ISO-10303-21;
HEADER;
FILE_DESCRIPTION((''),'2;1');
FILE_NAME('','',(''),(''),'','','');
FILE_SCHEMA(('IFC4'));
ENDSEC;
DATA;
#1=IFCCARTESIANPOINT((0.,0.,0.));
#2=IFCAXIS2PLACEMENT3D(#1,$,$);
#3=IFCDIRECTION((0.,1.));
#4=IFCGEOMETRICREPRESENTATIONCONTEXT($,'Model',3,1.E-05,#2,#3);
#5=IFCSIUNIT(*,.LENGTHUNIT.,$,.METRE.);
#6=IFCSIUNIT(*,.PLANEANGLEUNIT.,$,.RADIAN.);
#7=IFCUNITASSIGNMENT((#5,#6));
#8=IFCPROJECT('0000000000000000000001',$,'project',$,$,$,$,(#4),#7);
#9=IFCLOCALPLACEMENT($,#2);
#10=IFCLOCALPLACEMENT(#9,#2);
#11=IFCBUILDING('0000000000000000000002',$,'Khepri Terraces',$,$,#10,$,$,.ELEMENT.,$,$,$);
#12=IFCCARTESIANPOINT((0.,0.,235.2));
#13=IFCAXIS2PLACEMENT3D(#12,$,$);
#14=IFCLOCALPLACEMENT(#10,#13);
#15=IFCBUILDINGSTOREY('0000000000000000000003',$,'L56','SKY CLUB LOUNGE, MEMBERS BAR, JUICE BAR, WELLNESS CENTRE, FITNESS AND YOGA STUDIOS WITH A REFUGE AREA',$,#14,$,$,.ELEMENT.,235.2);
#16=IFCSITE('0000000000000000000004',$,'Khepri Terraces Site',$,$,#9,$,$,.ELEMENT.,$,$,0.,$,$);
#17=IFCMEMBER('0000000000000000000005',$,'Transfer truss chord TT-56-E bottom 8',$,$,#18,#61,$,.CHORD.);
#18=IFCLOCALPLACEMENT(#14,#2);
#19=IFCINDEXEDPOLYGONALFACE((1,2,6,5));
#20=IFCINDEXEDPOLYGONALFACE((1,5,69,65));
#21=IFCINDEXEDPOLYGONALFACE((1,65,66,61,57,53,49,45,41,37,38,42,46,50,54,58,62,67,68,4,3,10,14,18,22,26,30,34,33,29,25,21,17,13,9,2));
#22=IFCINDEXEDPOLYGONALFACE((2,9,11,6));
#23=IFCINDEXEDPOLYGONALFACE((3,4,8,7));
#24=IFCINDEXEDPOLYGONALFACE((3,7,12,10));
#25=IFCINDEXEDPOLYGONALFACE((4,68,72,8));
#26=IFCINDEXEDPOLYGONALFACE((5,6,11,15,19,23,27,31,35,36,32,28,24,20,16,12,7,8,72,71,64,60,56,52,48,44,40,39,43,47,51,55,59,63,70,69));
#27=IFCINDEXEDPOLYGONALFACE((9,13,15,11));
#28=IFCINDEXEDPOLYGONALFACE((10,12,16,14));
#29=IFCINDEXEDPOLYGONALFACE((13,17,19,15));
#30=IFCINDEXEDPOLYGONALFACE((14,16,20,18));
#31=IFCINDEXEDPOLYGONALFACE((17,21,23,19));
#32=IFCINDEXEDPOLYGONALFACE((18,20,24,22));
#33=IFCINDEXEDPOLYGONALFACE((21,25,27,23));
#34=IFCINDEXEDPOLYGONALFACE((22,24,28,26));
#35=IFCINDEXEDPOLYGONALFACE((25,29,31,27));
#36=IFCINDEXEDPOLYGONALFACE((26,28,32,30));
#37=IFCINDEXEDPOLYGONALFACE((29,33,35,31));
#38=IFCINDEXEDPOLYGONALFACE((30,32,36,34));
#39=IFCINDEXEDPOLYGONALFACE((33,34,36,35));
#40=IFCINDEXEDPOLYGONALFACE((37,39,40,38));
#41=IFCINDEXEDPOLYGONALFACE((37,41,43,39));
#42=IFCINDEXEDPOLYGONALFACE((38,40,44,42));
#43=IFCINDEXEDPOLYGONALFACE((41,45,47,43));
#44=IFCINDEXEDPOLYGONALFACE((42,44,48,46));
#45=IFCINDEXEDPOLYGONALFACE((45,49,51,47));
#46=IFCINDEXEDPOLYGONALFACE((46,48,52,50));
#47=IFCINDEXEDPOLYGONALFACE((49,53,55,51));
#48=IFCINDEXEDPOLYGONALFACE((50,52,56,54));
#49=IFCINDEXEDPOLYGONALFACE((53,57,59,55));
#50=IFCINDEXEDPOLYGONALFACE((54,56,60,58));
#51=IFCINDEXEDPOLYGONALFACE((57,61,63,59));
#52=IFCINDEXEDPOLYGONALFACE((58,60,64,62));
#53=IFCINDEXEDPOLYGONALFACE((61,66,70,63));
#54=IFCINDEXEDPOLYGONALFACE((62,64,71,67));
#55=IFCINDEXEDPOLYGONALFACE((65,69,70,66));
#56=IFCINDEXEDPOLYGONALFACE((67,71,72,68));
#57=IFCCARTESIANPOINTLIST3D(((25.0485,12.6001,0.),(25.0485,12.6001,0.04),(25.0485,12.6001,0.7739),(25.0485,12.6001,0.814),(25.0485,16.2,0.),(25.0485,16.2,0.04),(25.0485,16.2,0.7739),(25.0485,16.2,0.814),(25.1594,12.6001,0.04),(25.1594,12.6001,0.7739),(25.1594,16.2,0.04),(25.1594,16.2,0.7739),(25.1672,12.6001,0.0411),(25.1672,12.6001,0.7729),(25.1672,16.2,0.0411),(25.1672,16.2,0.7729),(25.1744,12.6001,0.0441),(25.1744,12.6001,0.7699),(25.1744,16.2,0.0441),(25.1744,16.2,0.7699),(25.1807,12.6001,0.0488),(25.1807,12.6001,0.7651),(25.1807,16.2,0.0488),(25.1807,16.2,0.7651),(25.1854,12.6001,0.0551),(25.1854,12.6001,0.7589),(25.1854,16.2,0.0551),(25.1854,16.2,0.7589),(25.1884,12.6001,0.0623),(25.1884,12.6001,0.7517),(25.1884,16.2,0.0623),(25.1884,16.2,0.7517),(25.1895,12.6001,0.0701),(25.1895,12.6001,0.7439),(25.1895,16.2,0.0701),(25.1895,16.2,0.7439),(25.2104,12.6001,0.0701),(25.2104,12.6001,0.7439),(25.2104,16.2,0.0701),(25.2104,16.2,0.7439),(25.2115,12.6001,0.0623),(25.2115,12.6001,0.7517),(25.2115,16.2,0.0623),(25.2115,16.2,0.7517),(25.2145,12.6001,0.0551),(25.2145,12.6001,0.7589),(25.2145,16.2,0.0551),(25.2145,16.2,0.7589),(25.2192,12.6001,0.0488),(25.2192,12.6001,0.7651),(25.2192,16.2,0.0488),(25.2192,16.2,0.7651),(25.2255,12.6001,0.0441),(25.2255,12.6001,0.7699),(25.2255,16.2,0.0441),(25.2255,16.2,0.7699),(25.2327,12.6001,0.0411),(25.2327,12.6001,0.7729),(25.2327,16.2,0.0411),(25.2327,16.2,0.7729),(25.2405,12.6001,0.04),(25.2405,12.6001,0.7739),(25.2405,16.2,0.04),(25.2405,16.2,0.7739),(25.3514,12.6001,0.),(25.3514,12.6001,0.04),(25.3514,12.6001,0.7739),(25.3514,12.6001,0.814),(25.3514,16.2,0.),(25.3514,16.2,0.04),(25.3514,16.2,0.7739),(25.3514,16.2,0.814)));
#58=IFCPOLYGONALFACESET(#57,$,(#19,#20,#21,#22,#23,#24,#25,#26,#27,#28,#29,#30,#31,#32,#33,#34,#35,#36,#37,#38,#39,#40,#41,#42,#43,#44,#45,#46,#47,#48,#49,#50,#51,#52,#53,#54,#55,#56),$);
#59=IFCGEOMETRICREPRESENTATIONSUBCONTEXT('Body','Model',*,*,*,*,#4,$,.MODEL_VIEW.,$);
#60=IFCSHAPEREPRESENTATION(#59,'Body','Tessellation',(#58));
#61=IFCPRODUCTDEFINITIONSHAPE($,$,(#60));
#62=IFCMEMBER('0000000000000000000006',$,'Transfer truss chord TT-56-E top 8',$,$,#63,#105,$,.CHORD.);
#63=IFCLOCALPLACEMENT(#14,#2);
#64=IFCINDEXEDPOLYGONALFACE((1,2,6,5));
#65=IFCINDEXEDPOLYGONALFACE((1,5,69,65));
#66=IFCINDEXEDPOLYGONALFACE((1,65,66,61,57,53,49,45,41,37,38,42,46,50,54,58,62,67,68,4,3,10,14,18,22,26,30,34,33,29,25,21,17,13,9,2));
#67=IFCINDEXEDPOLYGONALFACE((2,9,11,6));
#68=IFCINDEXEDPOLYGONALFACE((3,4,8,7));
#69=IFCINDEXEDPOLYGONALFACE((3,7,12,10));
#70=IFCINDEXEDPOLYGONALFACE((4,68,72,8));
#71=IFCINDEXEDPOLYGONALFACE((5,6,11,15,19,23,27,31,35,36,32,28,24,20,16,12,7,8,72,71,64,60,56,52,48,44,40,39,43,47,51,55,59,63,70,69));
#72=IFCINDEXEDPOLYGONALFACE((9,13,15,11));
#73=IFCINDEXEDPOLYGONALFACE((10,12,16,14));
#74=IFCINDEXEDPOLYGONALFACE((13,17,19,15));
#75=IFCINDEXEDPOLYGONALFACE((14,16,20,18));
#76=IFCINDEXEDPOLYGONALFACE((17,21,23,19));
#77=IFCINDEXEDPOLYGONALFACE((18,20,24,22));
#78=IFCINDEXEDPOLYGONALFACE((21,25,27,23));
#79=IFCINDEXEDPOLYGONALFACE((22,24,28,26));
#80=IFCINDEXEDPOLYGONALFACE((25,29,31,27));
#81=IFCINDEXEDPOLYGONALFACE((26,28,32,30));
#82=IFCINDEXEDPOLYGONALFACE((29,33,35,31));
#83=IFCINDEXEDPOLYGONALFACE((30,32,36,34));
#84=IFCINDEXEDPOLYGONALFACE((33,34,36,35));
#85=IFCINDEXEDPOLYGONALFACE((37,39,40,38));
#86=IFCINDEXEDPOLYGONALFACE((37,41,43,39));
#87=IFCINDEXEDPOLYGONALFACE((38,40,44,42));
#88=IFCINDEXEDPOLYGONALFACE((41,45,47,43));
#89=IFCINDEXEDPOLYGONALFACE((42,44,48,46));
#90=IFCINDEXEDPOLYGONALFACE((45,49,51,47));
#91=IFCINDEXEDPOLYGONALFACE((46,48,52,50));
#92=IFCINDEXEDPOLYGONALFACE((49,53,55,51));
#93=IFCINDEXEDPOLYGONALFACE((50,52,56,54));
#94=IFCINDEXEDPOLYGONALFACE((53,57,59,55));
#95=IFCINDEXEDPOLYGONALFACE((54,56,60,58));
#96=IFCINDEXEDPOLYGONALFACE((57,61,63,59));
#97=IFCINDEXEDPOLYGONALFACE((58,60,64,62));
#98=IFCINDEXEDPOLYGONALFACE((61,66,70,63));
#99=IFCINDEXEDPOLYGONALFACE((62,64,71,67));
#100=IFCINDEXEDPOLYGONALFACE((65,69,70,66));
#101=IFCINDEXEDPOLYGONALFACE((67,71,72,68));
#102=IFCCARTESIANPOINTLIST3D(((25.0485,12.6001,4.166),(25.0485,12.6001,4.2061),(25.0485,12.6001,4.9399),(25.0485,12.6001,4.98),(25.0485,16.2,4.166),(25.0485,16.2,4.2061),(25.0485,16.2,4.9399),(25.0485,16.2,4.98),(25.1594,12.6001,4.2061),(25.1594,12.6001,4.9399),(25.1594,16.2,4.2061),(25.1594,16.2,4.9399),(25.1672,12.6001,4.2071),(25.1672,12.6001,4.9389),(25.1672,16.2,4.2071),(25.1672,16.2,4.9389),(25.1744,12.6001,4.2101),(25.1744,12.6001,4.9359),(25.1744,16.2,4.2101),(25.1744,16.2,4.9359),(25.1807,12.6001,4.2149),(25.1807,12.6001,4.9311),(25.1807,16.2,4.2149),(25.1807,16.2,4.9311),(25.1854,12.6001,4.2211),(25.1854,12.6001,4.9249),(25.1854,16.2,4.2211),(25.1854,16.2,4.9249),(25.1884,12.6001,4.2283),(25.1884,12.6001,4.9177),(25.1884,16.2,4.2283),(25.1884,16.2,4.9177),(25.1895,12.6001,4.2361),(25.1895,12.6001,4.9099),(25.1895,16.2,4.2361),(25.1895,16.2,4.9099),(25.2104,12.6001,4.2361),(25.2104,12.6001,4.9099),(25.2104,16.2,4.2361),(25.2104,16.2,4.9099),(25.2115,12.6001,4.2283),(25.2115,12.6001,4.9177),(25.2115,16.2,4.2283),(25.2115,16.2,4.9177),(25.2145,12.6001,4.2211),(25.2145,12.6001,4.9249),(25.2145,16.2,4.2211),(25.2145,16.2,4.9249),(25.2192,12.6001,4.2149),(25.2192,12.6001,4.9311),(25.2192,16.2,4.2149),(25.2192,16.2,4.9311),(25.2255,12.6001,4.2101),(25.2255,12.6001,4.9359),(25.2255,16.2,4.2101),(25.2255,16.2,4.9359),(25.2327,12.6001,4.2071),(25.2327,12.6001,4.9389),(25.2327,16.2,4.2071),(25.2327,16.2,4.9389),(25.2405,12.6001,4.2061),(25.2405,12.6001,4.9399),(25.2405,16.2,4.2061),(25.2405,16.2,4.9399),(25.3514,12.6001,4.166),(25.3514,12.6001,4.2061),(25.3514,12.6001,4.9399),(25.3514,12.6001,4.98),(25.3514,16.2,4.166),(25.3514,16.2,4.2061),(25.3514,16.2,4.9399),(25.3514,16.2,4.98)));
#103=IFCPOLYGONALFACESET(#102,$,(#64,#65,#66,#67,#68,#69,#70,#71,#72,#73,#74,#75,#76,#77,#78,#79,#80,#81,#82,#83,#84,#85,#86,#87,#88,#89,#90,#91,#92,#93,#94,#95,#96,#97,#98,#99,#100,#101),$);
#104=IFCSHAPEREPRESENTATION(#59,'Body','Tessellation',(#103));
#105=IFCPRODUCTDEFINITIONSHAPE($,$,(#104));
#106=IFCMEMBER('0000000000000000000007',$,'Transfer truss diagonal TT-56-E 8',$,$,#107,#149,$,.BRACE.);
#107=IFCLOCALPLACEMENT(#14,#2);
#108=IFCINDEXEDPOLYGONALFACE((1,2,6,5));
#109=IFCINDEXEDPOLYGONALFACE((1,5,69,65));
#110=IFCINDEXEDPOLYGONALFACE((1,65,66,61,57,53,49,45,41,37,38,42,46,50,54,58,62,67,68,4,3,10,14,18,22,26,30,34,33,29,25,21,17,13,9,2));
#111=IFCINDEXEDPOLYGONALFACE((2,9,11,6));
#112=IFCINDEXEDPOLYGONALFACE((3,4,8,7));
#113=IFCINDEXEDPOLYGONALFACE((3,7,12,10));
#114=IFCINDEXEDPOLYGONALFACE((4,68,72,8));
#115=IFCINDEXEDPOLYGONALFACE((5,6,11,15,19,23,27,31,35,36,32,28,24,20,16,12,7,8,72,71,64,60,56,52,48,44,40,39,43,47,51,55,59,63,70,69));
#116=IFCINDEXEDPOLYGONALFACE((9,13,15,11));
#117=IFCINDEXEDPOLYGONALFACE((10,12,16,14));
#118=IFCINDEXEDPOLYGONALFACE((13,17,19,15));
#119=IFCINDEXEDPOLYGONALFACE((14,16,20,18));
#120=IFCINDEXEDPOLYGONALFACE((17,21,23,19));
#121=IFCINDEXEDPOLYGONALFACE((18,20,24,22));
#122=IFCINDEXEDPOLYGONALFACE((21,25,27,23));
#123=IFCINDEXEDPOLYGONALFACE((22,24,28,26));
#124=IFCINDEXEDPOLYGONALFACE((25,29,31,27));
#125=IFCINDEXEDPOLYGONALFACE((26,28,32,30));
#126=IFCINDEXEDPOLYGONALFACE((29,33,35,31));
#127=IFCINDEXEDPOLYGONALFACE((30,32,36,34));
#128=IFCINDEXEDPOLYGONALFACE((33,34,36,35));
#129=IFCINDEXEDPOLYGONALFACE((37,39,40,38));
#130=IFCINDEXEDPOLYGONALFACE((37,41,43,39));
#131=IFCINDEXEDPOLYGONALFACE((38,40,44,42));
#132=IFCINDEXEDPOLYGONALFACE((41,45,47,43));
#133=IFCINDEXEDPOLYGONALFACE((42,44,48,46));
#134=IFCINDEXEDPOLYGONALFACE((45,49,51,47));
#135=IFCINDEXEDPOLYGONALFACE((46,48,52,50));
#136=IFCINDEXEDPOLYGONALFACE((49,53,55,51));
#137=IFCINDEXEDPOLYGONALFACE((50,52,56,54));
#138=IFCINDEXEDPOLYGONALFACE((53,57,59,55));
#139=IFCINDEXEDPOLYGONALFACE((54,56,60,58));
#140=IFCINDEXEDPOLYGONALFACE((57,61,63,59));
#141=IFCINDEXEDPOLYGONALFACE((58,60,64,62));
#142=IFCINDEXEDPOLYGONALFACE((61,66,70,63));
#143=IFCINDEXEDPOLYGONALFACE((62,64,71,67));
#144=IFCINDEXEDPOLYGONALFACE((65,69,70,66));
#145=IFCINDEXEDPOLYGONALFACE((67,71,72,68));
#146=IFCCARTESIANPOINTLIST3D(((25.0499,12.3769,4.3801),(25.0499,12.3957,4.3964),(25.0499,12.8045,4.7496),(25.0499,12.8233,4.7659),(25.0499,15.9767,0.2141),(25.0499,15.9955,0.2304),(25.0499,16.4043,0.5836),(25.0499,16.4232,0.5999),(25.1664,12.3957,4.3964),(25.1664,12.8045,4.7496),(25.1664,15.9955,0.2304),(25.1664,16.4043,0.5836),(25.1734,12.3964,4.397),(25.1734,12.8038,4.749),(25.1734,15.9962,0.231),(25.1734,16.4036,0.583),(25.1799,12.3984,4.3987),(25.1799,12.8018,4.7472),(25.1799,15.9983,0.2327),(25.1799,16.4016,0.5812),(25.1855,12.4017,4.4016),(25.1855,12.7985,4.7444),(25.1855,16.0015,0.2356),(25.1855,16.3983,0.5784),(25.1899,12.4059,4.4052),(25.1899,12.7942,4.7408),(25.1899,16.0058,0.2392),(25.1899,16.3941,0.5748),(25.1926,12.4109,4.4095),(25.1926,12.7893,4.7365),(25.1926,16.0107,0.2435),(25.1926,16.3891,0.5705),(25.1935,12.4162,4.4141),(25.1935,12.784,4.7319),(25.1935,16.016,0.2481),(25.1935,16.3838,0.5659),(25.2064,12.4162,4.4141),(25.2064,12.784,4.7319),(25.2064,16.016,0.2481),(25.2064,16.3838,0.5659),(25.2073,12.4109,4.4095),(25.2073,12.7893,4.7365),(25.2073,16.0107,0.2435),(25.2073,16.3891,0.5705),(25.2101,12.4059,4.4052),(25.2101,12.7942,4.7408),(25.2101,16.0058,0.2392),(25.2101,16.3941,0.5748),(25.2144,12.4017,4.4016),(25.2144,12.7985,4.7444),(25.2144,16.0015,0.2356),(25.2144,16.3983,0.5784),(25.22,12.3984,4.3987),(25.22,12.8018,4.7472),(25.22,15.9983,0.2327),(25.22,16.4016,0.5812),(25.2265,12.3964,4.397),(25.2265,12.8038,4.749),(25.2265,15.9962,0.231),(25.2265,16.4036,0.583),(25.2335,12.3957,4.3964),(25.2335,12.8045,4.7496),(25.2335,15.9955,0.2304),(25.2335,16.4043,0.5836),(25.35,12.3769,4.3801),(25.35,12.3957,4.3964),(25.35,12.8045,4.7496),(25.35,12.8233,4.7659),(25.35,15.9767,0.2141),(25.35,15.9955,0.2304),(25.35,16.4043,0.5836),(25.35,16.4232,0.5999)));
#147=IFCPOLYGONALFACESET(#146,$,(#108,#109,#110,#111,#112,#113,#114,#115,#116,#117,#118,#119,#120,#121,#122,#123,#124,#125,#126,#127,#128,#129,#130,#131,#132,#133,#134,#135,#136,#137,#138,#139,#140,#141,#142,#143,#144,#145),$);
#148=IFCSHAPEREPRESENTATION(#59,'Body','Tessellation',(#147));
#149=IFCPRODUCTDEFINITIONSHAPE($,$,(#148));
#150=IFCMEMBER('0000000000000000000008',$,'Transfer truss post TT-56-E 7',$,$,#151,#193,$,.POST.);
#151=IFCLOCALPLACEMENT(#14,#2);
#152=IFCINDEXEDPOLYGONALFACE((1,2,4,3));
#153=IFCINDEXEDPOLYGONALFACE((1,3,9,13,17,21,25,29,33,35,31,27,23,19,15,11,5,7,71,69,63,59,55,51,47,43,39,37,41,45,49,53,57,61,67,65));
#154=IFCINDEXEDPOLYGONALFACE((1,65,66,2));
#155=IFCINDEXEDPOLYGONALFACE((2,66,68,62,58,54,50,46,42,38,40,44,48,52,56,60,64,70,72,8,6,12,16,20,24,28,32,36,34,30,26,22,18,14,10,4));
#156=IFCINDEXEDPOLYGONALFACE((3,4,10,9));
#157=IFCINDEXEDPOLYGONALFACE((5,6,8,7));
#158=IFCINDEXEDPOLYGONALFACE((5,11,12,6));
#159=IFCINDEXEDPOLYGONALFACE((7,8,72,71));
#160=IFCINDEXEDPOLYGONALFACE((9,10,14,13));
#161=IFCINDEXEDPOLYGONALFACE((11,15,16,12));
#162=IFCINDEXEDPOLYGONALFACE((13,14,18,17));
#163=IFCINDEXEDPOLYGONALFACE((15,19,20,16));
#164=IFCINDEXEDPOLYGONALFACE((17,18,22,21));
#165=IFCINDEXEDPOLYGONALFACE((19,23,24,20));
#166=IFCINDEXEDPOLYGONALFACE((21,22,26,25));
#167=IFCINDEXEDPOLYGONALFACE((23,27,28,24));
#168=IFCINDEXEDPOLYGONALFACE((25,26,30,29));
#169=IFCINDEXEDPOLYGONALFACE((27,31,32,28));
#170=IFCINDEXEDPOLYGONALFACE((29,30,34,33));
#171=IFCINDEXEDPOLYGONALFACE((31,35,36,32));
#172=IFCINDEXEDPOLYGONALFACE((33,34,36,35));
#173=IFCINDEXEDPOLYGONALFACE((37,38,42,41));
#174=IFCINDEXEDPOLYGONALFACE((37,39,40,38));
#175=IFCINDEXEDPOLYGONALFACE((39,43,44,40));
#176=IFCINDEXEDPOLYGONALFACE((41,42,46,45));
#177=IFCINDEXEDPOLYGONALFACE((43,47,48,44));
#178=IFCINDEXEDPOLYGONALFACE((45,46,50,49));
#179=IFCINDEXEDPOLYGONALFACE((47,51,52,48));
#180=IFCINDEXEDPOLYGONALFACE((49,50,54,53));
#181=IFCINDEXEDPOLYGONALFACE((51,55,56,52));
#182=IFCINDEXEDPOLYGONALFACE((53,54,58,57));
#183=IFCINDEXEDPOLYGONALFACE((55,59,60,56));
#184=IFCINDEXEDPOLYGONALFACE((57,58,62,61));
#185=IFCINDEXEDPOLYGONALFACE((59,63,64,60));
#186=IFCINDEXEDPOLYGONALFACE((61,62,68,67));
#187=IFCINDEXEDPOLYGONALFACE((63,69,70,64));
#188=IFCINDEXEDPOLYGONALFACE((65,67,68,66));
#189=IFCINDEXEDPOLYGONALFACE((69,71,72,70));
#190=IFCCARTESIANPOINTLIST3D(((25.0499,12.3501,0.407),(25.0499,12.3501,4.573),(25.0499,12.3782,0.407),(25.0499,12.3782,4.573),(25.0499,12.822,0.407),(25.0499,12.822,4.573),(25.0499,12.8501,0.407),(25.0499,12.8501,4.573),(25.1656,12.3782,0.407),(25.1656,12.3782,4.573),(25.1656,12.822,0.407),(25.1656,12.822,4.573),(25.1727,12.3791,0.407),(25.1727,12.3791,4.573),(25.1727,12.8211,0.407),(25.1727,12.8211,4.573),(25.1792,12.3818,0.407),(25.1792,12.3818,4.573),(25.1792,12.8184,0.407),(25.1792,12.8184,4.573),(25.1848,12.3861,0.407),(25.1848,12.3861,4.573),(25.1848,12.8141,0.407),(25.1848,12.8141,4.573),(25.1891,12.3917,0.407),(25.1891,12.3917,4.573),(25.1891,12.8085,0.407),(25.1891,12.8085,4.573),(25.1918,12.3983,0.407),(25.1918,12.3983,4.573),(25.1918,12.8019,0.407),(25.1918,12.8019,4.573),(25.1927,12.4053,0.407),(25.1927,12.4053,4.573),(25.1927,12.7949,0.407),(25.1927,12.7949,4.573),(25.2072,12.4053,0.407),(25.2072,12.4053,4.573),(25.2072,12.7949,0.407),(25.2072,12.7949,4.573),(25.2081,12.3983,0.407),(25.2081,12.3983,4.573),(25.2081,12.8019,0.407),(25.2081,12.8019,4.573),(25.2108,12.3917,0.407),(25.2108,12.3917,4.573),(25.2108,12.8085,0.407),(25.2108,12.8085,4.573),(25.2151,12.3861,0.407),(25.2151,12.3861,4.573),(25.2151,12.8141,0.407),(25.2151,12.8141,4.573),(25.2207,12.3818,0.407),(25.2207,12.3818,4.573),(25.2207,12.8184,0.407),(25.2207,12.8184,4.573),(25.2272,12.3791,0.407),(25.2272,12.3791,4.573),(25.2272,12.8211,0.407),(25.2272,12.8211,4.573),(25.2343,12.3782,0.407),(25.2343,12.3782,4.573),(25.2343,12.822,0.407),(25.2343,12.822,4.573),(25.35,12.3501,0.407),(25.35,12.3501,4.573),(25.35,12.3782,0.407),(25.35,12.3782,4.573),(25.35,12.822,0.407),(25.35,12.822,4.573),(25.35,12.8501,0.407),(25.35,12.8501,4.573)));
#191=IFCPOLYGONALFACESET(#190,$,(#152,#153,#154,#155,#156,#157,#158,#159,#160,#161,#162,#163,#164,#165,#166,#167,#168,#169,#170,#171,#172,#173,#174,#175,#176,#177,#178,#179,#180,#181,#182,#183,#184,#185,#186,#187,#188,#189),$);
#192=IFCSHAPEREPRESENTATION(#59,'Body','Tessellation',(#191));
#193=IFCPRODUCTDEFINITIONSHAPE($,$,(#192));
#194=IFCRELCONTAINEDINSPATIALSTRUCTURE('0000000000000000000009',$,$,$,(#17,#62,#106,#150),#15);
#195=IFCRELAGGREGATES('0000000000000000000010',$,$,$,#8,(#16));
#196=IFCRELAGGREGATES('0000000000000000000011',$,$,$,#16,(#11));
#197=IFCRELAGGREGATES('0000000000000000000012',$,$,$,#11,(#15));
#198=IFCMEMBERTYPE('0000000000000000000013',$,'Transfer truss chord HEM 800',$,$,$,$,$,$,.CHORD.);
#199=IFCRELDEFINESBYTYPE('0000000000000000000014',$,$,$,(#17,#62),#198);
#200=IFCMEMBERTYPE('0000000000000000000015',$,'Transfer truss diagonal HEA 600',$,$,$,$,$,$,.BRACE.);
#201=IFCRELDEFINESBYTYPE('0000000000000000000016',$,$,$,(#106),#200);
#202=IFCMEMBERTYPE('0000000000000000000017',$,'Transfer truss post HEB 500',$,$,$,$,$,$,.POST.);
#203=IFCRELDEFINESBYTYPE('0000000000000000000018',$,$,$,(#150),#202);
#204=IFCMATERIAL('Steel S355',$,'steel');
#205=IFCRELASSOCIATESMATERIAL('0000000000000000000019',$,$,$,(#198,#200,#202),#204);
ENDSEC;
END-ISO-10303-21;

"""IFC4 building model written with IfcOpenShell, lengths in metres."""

from ifc_helpers import new_model, si_unit, direction, frame, origin, origin_2d, place, context, subcontext, project, spatial, i_section, extrude, material, material_profile, profile_set, type_object, element, save


model = new_model("IFC4")

# Units and contexts
model_context = context("Model", 3, precision=1e-05, world=origin(), true_north=direction((0.0, 1.0)))
body_context = subcontext(model_context, "Body", "Model", "MODEL_VIEW")
ifc_project = project(units=[si_unit("LENGTHUNIT", "METRE"), si_unit("PLANEANGLEUNIT", "RADIAN")], contexts=[model_context])

# Site, building, storey
site_placement = place(None, origin())
site = spatial("IfcSite", under=ifc_project, at=site_placement, Name="Khepri Terraces Site", CompositionType="ELEMENT", RefElevation=0.0)
building_placement = place(site_placement, origin())
building = spatial("IfcBuilding", under=site, at=building_placement, Name="Khepri Terraces", CompositionType="ELEMENT")
storey_placement = place(building_placement, frame((0.0, 0.0, 235.2)))
storey = spatial("IfcBuildingStorey", under=building, at=storey_placement, Name="L56", Description="SKY CLUB LOUNGE, MEMBERS BAR, JUICE BAR, WELLNESS CENTRE, FITNESS AND YOGA STUDIOS WITH A REFUGE AREA", CompositionType="ELEMENT", Elevation=235.2)

# Members
ifc_material_1 = material(Name="Steel S355", Category="steel")
ifc_material_profile_1 = material_profile(ifc_material_1, i_section(OverallWidth=0.303, OverallDepth=0.814, WebThickness=0.021, FlangeThickness=0.04, FilletRadius=0.03, at=origin_2d()), Name="Steel S355", Category="steel")
ifc_profile_set_1 = profile_set([ifc_material_profile_1], Name="Steel S355")
member_type_1 = type_object("IfcMemberType", Name="Transfer truss chord HEM 800", PredefinedType="CHORD", material=ifc_profile_set_1)
for number, where, z_axis, x_axis, name in (
    (1, (25.2, 12.6001, 0.407), (0.0, 1.0, 0.0), (-1.0, 0.0, 0.0), "Transfer truss chord TT-56-E bottom 8"),
    (2, (25.2, 12.6001, 4.573), (0.0, 1.0, 0.0), (-1.0, 0.0, 0.0), "Transfer truss chord TT-56-E top 8"),
):
    element("IfcMember", number, at=place(storey_placement, frame(where, z_axis=z_axis, x_axis=x_axis)), inside=storey, type_object=member_type_1, Name=name, PredefinedType="CHORD", context=body_context, shape_type="SweptSolid", body=[
        extrude(i_section(OverallWidth=0.303, OverallDepth=0.814, WebThickness=0.021, FlangeThickness=0.04, FilletRadius=0.03, at=origin_2d()), origin(), (0.0, 0.0, 1.0), 3.5999),
    ])
ifc_material_profile_2 = material_profile(ifc_material_1, i_section(OverallWidth=0.3, OverallDepth=0.5901, WebThickness=0.0129, FlangeThickness=0.0249, FilletRadius=0.0271, at=origin_2d()), Name="Steel S355", Category="steel")
ifc_profile_set_2 = profile_set([ifc_material_profile_2], Name="Steel S355")
member_type_2 = type_object("IfcMemberType", Name="Transfer truss diagonal HEA 600", PredefinedType="BRACE", material=ifc_profile_set_2)
member_1_placement = place(storey_placement, frame((25.2, 12.6001, 4.573), z_axis=(0.0, 0.653821, -0.756649), x_axis=(-1.0, 0.0, 0.0)))
element("IfcMember", 3, at=member_1_placement, inside=storey, type_object=member_type_2, Name="Transfer truss diagonal TT-56-E 8", PredefinedType="BRACE", context=body_context, shape_type="SweptSolid", body=[
    extrude(i_section(OverallWidth=0.3, OverallDepth=0.5901, WebThickness=0.0129, FlangeThickness=0.0249, FilletRadius=0.0271, at=origin_2d()), origin(), (0.0, 0.0, 1.0), 5.5059),
])
ifc_material_profile_3 = material_profile(ifc_material_1, i_section(OverallWidth=0.3, OverallDepth=0.5, WebThickness=0.0144, FlangeThickness=0.0281, FilletRadius=0.0271, at=origin_2d()), Name="Steel S355", Category="steel")
ifc_profile_set_3 = profile_set([ifc_material_profile_3], Name="Steel S355")
member_type_3 = type_object("IfcMemberType", Name="Transfer truss post HEB 500", PredefinedType="POST", material=ifc_profile_set_3)
member_2_placement = place(storey_placement, frame((25.2, 12.6001, 0.407), z_axis=(0.0, 0.0, 1.0), x_axis=(1.0, 0.0, 0.0)))
element("IfcMember", 4, at=member_2_placement, inside=storey, type_object=member_type_3, Name="Transfer truss post TT-56-E 7", PredefinedType="POST", context=body_context, shape_type="SweptSolid", body=[
    extrude(i_section(OverallWidth=0.3, OverallDepth=0.5, WebThickness=0.0144, FlangeThickness=0.0281, FilletRadius=0.0271, at=origin_2d()), origin(), (0.0, 0.0, 1.0), 4.166),
])

save(model, "model.ifc")
